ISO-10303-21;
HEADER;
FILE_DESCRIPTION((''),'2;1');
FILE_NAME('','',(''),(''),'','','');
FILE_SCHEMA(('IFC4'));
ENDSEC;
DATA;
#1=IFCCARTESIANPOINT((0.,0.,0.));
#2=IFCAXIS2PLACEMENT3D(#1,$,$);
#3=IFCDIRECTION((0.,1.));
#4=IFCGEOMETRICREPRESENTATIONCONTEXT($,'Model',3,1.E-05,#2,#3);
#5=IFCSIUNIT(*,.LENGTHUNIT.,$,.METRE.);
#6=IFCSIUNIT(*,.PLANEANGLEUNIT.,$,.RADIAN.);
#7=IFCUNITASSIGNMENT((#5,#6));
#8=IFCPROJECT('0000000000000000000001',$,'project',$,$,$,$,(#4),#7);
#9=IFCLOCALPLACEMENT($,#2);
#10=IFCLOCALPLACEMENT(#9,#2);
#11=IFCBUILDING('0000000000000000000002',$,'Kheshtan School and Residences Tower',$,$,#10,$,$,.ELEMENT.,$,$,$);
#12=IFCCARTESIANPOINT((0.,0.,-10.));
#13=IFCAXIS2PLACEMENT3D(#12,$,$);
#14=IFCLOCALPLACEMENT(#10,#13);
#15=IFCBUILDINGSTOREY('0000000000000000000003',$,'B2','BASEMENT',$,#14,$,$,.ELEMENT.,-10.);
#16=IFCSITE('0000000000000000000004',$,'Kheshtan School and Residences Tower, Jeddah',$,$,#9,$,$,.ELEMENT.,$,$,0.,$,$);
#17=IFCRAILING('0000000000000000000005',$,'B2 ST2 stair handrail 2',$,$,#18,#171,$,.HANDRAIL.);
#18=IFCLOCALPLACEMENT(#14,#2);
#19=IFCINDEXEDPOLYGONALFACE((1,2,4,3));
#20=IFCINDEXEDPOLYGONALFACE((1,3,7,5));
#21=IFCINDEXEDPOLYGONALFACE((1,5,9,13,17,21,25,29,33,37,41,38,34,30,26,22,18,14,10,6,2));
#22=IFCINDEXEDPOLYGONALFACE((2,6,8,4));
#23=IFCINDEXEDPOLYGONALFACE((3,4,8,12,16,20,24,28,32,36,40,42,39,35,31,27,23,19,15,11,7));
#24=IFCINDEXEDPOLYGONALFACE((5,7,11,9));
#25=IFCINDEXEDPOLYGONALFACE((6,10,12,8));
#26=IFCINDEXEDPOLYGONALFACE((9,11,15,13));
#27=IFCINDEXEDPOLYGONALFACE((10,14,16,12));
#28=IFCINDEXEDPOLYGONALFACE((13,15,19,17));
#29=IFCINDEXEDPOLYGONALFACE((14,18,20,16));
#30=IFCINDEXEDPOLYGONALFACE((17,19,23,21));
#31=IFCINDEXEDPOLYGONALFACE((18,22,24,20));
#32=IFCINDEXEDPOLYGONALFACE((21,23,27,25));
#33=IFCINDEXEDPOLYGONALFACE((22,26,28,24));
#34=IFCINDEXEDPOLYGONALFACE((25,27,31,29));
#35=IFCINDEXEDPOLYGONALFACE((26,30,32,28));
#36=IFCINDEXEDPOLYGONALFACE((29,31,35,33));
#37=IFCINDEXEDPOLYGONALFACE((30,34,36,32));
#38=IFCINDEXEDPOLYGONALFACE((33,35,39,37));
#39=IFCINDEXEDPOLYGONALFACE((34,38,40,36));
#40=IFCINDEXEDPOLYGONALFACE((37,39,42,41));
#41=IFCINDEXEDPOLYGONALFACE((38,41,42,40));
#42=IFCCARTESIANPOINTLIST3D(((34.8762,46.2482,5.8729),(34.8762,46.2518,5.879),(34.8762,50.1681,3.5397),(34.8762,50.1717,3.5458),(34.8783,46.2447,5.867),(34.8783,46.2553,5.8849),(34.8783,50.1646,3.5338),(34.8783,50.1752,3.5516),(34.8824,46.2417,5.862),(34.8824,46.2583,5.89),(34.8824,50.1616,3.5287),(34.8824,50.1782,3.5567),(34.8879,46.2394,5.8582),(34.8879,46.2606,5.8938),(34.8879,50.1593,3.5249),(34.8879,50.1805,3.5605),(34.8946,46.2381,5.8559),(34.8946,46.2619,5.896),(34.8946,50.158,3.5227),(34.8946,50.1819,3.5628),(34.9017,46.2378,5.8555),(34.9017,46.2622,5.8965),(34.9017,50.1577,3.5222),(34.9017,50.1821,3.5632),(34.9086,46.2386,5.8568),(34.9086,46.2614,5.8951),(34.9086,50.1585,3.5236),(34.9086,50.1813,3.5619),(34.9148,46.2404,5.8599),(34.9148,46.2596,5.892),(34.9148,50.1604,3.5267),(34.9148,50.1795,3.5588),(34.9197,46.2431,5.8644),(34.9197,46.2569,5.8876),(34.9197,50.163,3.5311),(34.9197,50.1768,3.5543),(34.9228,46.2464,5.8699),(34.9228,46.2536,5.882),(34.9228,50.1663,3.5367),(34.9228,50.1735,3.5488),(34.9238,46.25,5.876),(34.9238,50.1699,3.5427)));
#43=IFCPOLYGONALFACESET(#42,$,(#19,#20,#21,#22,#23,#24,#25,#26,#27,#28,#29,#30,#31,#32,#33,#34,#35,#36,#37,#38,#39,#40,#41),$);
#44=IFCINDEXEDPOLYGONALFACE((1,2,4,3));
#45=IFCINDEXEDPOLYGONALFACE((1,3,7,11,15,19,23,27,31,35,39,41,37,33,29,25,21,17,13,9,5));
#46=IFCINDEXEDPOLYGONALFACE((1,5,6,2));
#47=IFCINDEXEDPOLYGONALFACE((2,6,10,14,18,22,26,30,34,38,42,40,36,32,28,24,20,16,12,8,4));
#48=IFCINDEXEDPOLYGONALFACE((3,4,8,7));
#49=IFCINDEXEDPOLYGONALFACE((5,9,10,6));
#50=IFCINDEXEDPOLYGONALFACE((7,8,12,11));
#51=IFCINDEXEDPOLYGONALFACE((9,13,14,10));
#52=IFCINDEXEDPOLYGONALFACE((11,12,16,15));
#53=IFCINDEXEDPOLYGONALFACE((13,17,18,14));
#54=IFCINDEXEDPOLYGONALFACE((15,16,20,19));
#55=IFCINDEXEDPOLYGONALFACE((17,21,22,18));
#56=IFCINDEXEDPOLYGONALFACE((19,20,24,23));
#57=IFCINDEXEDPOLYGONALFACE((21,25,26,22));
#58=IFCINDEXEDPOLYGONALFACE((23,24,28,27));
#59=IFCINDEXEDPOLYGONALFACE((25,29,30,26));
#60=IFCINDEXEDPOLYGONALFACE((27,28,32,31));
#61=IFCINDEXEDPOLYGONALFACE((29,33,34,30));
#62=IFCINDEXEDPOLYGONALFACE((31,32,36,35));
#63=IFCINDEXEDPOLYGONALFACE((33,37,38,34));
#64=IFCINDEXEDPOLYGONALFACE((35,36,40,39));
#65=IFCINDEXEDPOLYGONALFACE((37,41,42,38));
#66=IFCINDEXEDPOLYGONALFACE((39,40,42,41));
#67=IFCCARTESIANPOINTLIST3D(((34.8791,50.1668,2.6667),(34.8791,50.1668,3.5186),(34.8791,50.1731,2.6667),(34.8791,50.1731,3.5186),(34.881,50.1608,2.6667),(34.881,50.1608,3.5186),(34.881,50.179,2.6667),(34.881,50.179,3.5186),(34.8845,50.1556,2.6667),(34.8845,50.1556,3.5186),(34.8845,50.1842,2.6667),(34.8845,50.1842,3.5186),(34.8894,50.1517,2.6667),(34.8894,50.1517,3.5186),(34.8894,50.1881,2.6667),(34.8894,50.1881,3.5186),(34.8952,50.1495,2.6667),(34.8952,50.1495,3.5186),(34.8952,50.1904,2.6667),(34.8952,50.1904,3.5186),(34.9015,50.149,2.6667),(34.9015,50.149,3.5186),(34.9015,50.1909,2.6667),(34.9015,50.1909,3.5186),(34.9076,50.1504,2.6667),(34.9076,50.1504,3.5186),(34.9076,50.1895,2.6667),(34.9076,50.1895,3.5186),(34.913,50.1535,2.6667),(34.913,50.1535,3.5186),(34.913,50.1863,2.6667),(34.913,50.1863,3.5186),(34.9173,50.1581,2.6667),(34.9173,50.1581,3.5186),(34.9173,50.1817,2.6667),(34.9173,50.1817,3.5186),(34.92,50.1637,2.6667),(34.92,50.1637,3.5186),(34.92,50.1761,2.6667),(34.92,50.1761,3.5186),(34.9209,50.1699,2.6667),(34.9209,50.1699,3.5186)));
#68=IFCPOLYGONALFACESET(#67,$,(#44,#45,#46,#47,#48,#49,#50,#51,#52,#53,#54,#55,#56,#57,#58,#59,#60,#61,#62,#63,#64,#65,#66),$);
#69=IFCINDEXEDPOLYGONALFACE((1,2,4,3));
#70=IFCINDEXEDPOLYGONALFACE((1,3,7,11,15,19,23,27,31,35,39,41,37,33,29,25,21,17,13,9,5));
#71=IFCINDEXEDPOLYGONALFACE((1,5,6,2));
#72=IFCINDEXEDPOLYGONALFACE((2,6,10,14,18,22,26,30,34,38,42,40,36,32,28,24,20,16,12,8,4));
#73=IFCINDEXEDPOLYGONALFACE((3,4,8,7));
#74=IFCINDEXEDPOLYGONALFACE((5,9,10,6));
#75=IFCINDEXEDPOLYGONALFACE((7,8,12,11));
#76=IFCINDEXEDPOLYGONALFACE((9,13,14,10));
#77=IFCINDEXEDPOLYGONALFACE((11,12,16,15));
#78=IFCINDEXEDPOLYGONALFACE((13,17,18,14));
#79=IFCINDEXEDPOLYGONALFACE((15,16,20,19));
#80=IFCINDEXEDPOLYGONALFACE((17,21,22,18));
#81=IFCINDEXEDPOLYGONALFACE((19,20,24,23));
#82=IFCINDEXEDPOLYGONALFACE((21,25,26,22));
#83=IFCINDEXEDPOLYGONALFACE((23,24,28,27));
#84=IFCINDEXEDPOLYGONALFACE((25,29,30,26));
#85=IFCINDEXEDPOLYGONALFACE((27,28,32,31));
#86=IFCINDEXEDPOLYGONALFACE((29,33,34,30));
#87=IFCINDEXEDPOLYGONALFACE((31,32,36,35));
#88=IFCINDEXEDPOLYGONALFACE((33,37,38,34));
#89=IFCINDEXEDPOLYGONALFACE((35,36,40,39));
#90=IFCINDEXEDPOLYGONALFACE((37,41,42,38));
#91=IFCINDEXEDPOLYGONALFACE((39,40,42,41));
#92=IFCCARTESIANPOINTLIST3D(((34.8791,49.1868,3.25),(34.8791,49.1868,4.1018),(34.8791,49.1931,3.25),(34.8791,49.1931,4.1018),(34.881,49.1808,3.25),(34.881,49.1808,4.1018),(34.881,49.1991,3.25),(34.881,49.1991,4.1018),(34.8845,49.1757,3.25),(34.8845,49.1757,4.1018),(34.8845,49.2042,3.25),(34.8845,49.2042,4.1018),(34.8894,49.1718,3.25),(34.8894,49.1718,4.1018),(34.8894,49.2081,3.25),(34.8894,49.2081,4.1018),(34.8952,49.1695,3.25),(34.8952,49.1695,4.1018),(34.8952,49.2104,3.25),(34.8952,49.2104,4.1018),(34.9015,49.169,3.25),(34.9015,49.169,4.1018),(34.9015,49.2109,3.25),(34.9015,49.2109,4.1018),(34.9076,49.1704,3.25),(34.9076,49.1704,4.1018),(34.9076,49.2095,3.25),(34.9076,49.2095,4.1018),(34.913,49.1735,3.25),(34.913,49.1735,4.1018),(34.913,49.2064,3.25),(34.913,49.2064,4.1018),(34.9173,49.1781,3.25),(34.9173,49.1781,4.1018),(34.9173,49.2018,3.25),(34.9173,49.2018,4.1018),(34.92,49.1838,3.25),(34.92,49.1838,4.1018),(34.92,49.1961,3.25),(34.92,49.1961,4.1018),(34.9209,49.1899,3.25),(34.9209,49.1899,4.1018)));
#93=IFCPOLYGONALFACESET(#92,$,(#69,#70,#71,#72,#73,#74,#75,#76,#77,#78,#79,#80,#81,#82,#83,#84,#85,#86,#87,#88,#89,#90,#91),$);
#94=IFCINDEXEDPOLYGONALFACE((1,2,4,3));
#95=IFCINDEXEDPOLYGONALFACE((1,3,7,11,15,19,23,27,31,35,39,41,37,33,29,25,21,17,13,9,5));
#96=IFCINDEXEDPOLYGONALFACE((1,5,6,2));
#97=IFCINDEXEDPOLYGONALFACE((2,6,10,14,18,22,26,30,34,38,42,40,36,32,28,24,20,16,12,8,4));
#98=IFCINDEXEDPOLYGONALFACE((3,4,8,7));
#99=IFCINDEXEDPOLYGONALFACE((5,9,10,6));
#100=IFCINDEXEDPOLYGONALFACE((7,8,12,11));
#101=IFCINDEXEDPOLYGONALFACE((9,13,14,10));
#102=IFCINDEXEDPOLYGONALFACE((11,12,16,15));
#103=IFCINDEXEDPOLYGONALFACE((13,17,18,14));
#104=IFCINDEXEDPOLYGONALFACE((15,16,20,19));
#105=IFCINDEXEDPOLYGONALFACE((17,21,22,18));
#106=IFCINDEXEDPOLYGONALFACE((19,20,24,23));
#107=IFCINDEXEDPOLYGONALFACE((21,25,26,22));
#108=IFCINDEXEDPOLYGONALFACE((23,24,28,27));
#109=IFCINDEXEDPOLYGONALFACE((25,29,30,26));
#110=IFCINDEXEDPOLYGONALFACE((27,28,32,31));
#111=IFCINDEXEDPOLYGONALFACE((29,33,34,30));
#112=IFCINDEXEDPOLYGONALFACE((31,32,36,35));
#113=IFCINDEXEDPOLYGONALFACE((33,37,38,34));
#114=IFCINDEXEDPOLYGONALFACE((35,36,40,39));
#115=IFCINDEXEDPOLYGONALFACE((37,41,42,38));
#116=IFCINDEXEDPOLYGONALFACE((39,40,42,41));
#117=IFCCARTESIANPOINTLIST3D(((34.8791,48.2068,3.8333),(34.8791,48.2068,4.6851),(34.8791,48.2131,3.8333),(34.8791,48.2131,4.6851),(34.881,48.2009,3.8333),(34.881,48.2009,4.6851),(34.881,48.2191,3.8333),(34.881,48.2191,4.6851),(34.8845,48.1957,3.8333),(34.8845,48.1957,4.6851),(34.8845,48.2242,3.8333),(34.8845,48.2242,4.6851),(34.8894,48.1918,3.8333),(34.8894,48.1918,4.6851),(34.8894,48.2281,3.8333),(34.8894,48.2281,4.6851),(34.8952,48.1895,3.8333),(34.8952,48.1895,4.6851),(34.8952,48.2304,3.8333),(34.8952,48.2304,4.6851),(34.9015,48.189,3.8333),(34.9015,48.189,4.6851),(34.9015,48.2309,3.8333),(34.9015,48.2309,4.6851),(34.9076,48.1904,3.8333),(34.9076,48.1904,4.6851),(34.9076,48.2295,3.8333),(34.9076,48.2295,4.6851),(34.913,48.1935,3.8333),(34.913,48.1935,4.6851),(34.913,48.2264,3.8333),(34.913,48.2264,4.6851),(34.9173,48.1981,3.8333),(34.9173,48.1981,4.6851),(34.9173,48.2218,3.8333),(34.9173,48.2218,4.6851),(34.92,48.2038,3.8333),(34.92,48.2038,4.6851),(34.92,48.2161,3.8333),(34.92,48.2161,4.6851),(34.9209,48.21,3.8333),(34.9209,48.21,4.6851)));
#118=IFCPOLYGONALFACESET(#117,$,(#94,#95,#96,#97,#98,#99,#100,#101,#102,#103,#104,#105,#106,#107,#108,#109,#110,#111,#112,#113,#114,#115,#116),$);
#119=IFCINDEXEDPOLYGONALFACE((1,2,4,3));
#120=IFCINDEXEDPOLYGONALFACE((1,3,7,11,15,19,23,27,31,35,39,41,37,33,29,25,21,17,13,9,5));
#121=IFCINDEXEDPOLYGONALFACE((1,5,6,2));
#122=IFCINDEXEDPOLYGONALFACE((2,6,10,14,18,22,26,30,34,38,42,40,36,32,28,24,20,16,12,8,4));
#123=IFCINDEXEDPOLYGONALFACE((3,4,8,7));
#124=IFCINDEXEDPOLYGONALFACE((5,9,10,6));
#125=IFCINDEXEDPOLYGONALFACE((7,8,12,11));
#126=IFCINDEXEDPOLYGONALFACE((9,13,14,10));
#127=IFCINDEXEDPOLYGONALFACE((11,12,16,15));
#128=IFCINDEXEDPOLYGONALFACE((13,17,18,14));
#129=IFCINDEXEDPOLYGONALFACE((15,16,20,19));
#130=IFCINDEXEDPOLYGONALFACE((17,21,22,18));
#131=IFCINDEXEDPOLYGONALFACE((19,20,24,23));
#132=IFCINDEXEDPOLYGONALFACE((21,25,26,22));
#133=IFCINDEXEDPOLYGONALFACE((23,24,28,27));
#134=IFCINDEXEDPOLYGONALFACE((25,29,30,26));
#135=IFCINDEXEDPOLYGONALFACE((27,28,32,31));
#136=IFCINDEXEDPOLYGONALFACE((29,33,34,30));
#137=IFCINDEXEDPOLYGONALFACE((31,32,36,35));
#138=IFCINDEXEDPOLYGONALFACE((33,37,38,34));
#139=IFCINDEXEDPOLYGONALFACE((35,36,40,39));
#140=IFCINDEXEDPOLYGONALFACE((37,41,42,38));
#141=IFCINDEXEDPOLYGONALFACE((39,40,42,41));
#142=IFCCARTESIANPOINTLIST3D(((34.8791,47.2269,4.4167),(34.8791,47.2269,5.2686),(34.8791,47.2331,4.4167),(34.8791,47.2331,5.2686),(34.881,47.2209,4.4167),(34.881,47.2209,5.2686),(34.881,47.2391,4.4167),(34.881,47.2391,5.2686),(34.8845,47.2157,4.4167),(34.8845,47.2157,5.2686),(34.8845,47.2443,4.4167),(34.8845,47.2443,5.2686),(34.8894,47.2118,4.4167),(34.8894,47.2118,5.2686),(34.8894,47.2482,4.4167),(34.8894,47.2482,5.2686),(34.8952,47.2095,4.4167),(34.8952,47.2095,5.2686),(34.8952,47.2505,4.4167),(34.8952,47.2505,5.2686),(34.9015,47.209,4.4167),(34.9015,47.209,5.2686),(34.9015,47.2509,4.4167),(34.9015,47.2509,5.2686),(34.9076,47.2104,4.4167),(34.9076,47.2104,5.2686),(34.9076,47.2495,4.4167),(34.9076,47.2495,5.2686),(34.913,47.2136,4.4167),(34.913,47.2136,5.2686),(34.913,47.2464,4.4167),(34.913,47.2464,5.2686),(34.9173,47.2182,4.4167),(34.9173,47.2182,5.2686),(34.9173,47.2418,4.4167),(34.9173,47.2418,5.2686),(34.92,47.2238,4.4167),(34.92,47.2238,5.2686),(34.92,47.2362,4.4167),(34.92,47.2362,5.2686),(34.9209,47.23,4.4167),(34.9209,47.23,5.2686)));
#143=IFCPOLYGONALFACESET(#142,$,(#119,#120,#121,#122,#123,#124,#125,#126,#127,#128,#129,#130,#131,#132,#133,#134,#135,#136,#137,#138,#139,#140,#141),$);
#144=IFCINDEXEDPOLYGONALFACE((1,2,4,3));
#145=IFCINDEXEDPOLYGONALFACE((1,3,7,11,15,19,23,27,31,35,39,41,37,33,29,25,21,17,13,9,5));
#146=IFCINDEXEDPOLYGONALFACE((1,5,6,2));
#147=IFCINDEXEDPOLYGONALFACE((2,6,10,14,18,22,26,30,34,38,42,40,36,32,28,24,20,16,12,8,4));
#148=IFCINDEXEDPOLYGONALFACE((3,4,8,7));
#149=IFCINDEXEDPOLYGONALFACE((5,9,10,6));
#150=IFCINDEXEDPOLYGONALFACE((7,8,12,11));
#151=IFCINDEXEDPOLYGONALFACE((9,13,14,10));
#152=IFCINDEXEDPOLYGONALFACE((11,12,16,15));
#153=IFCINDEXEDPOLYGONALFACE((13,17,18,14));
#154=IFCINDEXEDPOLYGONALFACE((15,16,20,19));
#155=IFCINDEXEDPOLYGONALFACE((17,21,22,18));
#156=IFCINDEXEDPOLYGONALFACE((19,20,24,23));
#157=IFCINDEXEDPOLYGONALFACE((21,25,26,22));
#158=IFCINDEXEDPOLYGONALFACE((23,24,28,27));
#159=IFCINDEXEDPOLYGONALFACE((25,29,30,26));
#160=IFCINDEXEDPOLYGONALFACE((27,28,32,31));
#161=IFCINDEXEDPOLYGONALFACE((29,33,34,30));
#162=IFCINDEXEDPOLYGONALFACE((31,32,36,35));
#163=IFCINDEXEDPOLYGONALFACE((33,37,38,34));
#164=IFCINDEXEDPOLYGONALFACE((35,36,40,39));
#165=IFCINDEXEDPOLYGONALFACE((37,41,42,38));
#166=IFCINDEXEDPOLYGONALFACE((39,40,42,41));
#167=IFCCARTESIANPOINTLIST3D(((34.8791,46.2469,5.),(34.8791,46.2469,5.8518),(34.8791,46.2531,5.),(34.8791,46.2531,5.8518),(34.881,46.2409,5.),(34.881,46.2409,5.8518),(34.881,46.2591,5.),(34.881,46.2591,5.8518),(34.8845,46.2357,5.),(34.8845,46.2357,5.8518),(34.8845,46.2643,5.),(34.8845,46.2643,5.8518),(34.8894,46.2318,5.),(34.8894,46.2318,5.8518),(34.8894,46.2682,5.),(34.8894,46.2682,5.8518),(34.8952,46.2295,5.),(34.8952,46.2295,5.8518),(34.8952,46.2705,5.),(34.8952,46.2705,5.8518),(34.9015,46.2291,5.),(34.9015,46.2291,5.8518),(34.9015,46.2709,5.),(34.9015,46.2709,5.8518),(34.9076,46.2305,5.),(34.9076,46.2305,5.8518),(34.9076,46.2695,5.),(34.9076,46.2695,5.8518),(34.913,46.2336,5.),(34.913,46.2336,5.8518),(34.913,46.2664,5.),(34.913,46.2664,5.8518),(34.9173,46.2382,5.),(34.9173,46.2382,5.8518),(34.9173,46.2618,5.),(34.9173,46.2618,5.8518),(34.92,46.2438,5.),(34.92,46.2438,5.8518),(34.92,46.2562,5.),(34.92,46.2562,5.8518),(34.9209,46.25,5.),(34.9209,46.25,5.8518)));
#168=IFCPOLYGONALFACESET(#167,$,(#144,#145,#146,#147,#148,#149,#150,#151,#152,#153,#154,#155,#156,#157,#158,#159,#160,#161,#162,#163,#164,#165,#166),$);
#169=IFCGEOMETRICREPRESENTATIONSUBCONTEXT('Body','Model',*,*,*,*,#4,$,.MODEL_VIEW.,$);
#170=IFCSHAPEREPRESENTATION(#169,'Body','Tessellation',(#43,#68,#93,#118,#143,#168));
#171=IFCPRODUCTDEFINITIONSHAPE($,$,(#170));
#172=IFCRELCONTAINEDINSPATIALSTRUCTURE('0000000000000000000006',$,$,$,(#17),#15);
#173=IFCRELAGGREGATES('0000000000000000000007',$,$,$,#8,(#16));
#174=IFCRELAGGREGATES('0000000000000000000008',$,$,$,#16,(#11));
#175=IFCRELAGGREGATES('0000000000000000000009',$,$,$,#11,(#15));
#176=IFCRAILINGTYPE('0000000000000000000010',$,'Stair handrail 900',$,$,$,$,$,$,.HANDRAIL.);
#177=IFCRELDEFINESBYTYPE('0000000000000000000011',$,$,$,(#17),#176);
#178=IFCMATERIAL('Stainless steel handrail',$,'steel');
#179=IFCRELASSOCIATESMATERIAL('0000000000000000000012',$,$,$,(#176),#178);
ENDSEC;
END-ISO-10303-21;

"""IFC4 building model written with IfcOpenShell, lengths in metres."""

from ifc_helpers import new_model, si_unit, direction, frame, origin, origin_2d, place, context, subcontext, project, spatial, circle, extrude, material, type_object, element, save


model = new_model("IFC4")

# Units and contexts
model_context = context("Model", 3, precision=1e-05, world=origin(), true_north=direction((0.0, 1.0)))
body_context = subcontext(model_context, "Body", "Model", "MODEL_VIEW")
ifc_project = project(units=[si_unit("LENGTHUNIT", "METRE"), si_unit("PLANEANGLEUNIT", "RADIAN")], contexts=[model_context])

# Site, building, storey
site_placement = place(None, origin())
site = spatial("IfcSite", under=ifc_project, at=site_placement, Name="Kheshtan School and Residences Tower, Jeddah", CompositionType="ELEMENT", RefElevation=0.0)
building_placement = place(site_placement, origin())
building = spatial("IfcBuilding", under=site, at=building_placement, Name="Kheshtan School and Residences Tower", CompositionType="ELEMENT")
storey_placement = place(building_placement, frame((0.0, 0.0, -10.0)))
storey = spatial("IfcBuildingStorey", under=building, at=storey_placement, Name="B2", Description="BASEMENT", CompositionType="ELEMENT", Elevation=-10.0)

# Railing
ifc_material_1 = material(Name="Stainless steel handrail", Category="steel")
railing_type_1 = type_object("IfcRailingType", Name="Stair handrail 900", PredefinedType="HANDRAIL", material=ifc_material_1)
railing_1_placement = place(storey_placement, frame((34.8999, 50.1699, 2.6667)))
element("IfcRailing", 1, at=railing_1_placement, inside=storey, type_object=railing_type_1, Name="B2 ST2 stair handrail 2", PredefinedType="HANDRAIL", context=body_context, shape_type="SweptSolid", body=[
    extrude(circle(Radius=0.0239, at=origin_2d()), frame((0.0, 0.0, 0.876), z_axis=(0.0, -0.859296, 0.511478), x_axis=(1.0, 0.0, 0.0)), (0.0, 0.0, 1.0), 4.5618),
    extrude(circle(Radius=0.021, at=origin_2d()), origin(), (0.0, 0.0, 1.0), 0.8518),
    extrude(circle(Radius=0.021, at=origin_2d()), frame((0.0, -0.98, 0.5833)), (0.0, 0.0, 1.0), 0.8518),
    extrude(circle(Radius=0.021, at=origin_2d()), frame((0.0, -1.96, 1.1665)), (0.0, 0.0, 1.0), 0.8518),
    extrude(circle(Radius=0.021, at=origin_2d()), frame((0.0, -2.9399, 1.75)), (0.0, 0.0, 1.0), 0.8518),
    extrude(circle(Radius=0.021, at=origin_2d()), frame((0.0, -3.9199, 2.3333)), (0.0, 0.0, 1.0), 0.8518),
])

save(model, "model.ifc")
